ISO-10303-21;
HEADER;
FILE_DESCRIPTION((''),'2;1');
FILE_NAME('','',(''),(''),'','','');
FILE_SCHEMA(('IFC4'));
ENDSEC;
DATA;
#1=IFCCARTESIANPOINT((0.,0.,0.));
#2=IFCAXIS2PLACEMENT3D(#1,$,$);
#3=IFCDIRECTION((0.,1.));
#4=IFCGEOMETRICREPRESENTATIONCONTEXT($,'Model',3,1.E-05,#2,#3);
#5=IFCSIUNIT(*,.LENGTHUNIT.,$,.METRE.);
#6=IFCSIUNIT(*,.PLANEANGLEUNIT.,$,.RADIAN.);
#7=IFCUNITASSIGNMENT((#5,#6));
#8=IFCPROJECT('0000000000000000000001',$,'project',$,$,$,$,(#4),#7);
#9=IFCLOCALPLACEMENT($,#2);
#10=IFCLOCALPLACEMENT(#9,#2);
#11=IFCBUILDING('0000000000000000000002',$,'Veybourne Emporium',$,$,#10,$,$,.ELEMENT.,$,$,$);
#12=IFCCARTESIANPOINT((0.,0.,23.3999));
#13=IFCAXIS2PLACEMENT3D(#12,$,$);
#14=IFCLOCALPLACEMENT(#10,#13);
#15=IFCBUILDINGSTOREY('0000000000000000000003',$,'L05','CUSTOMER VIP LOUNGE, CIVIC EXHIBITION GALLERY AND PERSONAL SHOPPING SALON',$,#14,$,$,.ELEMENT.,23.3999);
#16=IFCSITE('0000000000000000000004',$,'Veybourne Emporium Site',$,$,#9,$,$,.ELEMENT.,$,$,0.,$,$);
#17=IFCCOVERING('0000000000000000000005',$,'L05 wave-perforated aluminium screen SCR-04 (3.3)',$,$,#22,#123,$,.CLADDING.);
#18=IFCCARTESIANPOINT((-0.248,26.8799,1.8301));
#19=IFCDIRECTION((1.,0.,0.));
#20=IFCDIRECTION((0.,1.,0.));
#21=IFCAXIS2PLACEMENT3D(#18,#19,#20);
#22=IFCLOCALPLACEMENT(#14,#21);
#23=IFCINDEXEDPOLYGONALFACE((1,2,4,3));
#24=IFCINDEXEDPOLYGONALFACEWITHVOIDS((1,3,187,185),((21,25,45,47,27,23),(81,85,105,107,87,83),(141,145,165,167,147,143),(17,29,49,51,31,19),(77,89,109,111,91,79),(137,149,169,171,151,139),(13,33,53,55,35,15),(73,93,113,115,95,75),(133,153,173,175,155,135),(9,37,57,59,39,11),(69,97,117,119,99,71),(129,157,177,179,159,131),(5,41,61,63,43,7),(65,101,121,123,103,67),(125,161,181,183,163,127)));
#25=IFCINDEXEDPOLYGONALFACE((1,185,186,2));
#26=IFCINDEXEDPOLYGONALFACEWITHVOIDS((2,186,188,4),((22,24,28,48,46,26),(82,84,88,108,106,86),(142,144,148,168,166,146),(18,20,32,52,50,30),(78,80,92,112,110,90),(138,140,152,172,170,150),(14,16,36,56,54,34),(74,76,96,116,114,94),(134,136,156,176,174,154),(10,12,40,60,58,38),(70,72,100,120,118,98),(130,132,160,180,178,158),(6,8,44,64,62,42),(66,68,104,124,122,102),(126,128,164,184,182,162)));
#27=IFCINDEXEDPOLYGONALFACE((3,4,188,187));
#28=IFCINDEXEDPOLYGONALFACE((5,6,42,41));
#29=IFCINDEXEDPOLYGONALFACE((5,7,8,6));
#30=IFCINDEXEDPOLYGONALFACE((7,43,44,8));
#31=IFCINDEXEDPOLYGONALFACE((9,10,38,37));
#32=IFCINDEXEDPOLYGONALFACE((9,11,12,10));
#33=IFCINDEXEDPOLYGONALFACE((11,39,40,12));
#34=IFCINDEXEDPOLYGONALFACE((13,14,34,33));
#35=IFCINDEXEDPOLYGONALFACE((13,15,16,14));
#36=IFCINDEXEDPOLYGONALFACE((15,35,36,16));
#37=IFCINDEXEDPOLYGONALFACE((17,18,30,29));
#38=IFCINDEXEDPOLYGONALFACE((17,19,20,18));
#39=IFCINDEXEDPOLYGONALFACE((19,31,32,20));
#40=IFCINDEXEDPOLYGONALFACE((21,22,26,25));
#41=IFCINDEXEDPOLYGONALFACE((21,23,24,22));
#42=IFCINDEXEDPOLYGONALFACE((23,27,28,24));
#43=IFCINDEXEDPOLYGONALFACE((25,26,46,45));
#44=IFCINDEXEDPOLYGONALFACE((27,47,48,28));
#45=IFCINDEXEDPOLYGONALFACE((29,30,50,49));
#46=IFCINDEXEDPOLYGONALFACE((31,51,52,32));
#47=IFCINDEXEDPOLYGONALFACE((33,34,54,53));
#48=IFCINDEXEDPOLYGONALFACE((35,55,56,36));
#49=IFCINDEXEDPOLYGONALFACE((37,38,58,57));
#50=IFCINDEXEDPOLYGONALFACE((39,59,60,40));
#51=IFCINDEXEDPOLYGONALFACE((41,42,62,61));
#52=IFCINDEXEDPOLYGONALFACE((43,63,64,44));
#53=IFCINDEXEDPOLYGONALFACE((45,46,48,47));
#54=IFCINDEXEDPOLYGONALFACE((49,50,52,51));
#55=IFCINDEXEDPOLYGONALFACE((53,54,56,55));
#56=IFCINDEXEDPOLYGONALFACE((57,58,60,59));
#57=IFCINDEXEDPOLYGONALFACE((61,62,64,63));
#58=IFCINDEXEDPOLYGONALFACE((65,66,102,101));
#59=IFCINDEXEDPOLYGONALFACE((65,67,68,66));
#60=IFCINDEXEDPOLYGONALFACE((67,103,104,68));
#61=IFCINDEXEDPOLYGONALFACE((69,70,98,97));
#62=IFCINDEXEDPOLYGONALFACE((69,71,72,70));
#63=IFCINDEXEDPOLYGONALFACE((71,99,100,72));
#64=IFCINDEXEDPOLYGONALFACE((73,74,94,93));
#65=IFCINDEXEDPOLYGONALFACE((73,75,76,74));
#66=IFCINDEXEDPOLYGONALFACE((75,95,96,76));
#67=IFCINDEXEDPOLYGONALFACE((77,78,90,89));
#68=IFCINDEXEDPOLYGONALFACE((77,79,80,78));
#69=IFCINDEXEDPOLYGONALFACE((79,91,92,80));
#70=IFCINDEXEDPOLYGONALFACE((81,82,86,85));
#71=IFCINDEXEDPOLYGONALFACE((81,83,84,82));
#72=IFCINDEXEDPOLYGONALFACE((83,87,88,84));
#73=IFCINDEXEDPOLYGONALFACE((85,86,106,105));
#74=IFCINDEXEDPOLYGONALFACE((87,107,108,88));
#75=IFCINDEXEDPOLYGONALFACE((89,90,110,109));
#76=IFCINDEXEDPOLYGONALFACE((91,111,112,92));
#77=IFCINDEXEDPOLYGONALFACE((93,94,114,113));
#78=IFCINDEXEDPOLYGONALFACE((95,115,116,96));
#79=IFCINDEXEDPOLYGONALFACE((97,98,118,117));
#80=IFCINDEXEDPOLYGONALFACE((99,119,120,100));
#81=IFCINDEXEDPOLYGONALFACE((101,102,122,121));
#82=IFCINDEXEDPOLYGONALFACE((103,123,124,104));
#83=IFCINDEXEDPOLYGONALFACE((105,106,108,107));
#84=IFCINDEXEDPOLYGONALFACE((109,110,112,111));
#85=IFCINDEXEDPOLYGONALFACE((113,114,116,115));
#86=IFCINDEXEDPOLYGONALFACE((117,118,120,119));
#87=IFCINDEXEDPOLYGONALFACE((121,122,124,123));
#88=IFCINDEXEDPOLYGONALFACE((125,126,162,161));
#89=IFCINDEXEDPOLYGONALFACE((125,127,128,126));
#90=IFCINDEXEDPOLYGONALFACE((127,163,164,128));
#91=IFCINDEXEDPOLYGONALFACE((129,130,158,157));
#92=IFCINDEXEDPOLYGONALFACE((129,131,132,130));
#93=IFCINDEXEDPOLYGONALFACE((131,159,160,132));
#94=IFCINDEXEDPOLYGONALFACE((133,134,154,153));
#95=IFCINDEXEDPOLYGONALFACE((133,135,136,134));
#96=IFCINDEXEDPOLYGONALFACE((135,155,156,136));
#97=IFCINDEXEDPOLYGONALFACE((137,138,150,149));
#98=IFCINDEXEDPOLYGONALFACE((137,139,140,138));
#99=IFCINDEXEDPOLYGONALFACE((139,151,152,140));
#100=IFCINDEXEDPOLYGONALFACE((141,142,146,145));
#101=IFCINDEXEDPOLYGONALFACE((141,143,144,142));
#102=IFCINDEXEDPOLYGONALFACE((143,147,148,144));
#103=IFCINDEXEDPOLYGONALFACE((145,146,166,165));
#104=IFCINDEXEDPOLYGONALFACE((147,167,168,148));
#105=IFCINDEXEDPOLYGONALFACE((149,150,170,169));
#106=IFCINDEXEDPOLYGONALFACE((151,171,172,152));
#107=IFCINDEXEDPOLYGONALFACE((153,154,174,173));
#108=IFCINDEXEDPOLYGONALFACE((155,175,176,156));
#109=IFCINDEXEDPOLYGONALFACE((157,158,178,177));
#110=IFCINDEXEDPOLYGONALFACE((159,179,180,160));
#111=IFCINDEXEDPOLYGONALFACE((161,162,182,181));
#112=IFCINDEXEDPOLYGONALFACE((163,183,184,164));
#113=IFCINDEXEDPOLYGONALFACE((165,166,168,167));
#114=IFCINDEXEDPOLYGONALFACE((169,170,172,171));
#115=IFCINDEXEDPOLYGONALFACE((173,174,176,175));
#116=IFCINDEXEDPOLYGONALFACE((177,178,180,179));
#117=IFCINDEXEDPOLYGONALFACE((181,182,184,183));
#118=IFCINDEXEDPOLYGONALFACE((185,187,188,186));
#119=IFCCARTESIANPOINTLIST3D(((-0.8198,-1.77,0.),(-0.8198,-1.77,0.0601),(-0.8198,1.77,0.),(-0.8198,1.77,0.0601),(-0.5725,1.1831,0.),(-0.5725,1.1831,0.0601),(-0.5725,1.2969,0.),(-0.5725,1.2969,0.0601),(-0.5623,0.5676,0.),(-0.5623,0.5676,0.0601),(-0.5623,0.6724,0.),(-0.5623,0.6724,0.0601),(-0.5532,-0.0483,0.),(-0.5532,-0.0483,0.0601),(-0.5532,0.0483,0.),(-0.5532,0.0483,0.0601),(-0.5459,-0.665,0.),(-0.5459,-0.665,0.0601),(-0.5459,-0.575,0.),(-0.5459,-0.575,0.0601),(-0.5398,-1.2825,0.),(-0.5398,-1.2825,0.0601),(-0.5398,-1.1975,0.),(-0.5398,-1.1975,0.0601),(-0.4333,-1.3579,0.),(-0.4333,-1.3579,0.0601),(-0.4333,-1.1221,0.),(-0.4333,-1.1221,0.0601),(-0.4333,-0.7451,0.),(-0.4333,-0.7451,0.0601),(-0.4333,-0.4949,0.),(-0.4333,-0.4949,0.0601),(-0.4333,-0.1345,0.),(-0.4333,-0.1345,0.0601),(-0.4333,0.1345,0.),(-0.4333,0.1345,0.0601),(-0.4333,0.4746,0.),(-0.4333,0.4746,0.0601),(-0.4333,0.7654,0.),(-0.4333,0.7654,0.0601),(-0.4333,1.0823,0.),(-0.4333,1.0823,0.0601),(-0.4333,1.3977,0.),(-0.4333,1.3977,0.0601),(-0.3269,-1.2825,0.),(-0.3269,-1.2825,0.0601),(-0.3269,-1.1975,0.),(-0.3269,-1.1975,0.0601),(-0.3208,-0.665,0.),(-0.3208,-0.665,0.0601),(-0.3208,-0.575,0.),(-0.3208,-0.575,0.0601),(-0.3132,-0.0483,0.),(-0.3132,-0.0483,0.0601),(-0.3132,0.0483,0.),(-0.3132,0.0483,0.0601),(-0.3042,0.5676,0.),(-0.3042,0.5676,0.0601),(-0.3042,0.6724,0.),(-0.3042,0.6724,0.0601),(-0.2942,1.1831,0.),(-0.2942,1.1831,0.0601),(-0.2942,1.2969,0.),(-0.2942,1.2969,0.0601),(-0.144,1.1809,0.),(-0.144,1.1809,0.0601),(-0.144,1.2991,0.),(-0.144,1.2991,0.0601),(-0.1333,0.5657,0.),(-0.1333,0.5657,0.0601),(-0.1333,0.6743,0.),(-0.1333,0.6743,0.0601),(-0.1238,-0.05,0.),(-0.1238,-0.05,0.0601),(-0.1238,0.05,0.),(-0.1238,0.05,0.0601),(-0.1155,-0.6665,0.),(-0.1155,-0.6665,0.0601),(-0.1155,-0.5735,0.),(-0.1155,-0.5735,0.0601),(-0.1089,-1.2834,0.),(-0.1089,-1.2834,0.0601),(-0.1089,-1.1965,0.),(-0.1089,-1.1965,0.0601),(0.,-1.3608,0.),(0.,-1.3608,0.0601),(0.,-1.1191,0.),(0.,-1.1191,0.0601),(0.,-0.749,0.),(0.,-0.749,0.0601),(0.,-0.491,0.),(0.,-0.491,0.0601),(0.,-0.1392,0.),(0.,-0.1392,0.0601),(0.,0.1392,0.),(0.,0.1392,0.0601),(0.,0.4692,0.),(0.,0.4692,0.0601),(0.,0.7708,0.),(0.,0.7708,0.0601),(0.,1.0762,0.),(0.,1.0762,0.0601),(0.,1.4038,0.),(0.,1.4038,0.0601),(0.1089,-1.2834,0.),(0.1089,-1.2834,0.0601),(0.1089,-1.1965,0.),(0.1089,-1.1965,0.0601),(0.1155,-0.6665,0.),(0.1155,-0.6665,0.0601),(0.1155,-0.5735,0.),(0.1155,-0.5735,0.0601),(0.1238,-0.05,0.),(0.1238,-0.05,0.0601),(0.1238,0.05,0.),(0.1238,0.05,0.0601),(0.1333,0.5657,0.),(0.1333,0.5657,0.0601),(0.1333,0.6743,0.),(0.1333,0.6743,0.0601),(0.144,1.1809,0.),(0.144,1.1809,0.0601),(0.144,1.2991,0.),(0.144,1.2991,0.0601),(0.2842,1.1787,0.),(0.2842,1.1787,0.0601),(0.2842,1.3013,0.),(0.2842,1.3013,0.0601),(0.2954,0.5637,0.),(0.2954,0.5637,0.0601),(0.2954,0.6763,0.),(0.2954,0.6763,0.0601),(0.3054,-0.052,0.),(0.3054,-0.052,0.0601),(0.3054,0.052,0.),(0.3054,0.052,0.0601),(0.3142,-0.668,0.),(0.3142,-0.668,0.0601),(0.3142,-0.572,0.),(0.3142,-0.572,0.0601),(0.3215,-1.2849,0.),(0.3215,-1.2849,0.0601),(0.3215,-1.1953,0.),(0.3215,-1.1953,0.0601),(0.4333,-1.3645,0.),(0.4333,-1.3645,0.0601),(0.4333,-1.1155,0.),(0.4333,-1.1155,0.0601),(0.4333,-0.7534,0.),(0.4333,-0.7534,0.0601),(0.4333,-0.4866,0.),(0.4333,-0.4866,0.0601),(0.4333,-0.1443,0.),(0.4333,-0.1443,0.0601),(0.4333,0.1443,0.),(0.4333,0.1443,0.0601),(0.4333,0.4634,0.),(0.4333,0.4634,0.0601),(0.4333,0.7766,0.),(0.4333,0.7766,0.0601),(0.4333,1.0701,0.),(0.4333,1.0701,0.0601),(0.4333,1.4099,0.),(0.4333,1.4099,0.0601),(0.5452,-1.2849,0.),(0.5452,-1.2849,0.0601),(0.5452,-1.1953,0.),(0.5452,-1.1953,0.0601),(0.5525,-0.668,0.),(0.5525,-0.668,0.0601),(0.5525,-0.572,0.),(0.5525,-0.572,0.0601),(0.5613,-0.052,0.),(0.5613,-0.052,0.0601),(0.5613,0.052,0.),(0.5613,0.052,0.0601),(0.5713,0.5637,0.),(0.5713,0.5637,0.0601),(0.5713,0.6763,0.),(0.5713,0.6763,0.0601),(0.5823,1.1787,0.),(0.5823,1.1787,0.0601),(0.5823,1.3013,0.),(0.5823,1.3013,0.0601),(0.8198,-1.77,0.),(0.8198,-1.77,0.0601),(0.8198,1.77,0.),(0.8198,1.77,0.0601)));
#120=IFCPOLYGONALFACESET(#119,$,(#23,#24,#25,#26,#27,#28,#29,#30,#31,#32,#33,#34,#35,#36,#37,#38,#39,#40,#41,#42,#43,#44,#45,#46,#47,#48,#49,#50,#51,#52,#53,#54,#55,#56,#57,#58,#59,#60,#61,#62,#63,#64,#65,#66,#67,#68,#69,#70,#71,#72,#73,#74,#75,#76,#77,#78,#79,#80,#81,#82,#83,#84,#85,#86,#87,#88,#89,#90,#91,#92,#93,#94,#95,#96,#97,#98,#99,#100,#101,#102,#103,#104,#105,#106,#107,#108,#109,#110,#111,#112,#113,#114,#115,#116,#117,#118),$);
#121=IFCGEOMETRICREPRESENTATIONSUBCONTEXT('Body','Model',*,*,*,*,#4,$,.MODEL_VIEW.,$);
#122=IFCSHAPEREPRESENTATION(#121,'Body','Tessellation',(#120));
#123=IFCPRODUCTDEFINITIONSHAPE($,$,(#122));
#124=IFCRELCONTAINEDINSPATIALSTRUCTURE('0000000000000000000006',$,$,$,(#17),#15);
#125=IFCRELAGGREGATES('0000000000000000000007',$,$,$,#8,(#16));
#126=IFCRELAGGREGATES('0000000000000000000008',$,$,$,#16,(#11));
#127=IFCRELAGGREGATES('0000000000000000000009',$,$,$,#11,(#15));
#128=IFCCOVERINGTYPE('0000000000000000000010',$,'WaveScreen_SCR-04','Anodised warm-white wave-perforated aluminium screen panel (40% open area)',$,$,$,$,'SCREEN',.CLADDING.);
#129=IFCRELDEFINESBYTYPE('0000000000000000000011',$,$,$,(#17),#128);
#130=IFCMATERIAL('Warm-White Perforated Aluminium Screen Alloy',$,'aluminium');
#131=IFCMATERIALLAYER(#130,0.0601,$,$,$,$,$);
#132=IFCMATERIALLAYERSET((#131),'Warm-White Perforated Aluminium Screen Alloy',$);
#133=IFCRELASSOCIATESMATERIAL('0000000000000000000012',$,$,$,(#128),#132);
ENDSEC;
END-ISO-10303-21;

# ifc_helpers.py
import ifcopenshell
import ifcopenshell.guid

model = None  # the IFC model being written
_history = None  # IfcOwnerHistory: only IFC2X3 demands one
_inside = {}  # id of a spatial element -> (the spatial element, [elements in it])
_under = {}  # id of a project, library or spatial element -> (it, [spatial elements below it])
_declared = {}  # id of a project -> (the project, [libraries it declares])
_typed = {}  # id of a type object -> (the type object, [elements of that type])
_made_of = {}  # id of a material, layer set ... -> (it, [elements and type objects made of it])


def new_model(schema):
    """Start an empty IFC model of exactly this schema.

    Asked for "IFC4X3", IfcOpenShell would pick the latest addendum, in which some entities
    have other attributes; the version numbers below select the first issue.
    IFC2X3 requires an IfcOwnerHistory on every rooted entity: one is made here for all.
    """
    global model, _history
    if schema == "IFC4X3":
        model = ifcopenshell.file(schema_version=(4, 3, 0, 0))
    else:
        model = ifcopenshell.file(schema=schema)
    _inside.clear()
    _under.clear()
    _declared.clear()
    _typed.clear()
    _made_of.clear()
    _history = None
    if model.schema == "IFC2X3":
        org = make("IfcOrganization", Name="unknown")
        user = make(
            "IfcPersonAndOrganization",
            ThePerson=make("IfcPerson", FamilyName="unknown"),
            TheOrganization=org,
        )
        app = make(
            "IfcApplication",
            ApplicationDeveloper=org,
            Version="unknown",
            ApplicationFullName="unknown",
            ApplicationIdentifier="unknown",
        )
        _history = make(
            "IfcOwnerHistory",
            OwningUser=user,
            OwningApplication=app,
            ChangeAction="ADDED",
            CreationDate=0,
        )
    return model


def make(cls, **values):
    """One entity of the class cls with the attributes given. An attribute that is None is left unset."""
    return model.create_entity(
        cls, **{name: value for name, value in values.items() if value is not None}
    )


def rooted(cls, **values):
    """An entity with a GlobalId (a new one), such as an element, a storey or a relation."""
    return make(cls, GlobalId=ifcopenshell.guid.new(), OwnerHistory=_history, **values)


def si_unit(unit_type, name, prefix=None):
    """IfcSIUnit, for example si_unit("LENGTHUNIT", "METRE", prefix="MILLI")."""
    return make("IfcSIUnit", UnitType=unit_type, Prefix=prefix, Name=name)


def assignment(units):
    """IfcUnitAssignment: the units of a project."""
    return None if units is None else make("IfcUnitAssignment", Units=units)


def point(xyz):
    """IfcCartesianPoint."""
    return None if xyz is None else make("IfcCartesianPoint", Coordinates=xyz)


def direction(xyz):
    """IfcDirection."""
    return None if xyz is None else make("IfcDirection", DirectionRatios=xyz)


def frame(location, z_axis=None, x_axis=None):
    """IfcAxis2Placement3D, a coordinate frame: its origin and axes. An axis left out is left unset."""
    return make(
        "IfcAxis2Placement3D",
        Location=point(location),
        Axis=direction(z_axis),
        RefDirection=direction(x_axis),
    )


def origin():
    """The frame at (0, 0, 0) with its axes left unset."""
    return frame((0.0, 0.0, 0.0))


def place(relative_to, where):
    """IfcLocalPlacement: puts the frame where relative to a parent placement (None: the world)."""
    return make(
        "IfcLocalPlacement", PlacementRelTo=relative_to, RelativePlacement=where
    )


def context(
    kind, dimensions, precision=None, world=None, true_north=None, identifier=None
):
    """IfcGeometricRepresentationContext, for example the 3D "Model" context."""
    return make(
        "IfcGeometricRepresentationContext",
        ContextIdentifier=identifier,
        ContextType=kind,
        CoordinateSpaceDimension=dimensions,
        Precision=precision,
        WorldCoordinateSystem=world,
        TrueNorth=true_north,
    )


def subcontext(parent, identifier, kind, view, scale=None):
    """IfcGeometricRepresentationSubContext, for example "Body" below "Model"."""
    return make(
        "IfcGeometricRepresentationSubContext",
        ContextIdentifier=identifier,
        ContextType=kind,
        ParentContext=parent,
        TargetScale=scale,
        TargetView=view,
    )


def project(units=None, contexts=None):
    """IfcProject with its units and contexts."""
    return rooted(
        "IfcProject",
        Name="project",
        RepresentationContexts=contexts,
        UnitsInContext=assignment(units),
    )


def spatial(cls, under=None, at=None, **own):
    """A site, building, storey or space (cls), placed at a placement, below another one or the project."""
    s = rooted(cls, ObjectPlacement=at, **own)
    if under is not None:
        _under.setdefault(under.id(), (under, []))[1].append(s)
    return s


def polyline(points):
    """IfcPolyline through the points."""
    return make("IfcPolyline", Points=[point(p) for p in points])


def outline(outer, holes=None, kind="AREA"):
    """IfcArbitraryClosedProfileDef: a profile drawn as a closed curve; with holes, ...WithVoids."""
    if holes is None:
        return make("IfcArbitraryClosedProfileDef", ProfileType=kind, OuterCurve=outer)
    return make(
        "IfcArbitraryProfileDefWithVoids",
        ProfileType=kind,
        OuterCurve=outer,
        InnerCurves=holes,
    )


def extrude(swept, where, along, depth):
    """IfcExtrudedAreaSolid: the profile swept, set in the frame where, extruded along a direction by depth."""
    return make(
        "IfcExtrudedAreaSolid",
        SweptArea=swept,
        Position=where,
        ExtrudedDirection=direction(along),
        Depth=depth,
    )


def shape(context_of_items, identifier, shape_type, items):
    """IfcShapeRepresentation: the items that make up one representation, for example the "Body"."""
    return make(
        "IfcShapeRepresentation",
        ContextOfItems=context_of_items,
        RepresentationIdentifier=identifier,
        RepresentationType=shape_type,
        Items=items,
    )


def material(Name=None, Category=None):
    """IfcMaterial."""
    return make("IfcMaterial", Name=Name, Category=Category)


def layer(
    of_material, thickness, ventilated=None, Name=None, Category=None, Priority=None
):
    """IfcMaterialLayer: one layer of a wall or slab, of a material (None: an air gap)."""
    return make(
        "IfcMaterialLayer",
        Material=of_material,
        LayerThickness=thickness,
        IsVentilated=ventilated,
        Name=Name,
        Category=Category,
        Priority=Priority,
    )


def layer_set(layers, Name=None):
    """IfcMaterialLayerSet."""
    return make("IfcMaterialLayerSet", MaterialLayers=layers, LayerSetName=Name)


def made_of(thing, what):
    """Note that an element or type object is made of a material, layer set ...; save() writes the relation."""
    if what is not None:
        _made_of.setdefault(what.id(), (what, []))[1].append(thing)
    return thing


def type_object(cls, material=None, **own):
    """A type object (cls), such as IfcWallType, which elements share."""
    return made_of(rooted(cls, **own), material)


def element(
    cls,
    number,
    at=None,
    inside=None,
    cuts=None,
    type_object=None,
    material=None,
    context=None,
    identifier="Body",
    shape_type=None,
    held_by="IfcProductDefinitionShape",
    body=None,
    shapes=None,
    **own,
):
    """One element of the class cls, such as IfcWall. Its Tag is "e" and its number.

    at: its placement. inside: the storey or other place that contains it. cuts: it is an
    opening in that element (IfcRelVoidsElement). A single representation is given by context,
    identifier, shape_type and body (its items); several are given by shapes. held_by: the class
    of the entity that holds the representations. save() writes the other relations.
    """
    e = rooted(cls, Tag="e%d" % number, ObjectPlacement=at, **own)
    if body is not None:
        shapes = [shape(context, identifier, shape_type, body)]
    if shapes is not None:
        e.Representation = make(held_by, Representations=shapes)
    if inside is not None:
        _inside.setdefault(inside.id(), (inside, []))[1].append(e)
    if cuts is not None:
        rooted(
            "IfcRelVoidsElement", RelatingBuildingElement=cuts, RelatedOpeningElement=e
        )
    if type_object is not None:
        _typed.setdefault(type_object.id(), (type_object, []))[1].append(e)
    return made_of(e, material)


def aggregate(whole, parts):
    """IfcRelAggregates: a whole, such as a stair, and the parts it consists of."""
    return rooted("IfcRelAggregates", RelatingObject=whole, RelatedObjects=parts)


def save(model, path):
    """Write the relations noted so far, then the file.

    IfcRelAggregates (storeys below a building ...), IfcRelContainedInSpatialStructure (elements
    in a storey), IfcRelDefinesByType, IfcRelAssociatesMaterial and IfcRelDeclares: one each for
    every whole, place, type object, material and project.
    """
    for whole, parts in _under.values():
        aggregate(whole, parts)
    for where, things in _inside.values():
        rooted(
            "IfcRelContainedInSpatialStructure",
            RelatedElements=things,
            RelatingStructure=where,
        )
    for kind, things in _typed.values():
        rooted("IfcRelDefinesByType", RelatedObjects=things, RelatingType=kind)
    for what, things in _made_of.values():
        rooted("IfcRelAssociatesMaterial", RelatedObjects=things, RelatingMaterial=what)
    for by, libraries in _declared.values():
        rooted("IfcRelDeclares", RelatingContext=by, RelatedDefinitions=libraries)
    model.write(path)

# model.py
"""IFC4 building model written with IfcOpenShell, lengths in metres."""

from ifc_helpers import new_model, si_unit, direction, frame, origin, place, context, subcontext, project, spatial, polyline, outline, extrude, material, layer, layer_set, type_object, element, save


model = new_model("IFC4")

# Units and contexts
model_context = context("Model", 3, precision=1e-05, world=origin(), true_north=direction((0.0, 1.0)))
body_context = subcontext(model_context, "Body", "Model", "MODEL_VIEW")
ifc_project = project(units=[si_unit("LENGTHUNIT", "METRE"), si_unit("PLANEANGLEUNIT", "RADIAN")], contexts=[model_context])

# Site, building, storey
site_placement = place(None, origin())
site = spatial("IfcSite", under=ifc_project, at=site_placement, Name="Veybourne Emporium Site", CompositionType="ELEMENT", RefElevation=0.0)
building_placement = place(site_placement, origin())
building = spatial("IfcBuilding", under=site, at=building_placement, Name="Veybourne Emporium", CompositionType="ELEMENT")
storey_placement = place(building_placement, frame((0.0, 0.0, 23.3999)))
storey = spatial("IfcBuildingStorey", under=building, at=storey_placement, Name="L05", Description="CUSTOMER VIP LOUNGE, CIVIC EXHIBITION GALLERY AND PERSONAL SHOPPING SALON", CompositionType="ELEMENT", Elevation=23.3999)

# Covering
ifc_material_1 = material(Name="Warm-White Perforated Aluminium Screen Alloy", Category="aluminium")
ifc_layer_1 = layer(ifc_material_1, 0.0601)
ifc_layer_set_1 = layer_set([ifc_layer_1], Name="Warm-White Perforated Aluminium Screen Alloy")
covering_type_1 = type_object("IfcCoveringType", Name="WaveScreen_SCR-04", Description="Anodised warm-white wave-perforated aluminium screen panel (40% open area)", ElementType="SCREEN", PredefinedType="CLADDING", material=ifc_layer_set_1)
covering_1_placement = place(storey_placement, frame((-0.248, 26.8799, 1.8301), z_axis=(1.0, 0.0, 0.0), x_axis=(0.0, 1.0, 0.0)))
element("IfcCovering", 1, at=covering_1_placement, inside=storey, type_object=covering_type_1, Name="L05 wave-perforated aluminium screen SCR-04 (3.3)", PredefinedType="CLADDING", context=body_context, shape_type="SweptSolid", body=[
    extrude(outline(polyline([(-0.8198, -1.77), (0.8198, -1.77), (0.8198, 1.77), (-0.8198, 1.77), (-0.8198, -1.77)]), holes=[polyline([(-0.4333, -1.1221), (-0.3269, -1.1975), (-0.3269, -1.2825), (-0.4333, -1.3579), (-0.5398, -1.2825), (-0.5398, -1.1975), (-0.4333, -1.1221)]), polyline([(-0.4333, -0.4949), (-0.3208, -0.575), (-0.3208, -0.665), (-0.4333, -0.7451), (-0.5459, -0.665), (-0.5459, -0.575), (-0.4333, -0.4949)]), polyline([(-0.4333, 0.1345), (-0.3132, 0.0483), (-0.3132, -0.0483), (-0.4333, -0.1345), (-0.5532, -0.0483), (-0.5532, 0.0483), (-0.4333, 0.1345)]), polyline([(-0.4333, 0.7654), (-0.3042, 0.6724), (-0.3042, 0.5676), (-0.4333, 0.4746), (-0.5623, 0.5676), (-0.5623, 0.6724), (-0.4333, 0.7654)]), polyline([(-0.4333, 1.3977), (-0.2942, 1.2969), (-0.2942, 1.1831), (-0.4333, 1.0823), (-0.5725, 1.1831), (-0.5725, 1.2969), (-0.4333, 1.3977)]), polyline([(0.0, -1.1191), (0.1089, -1.1965), (0.1089, -1.2834), (0.0, -1.3608), (-0.1089, -1.2834), (-0.1089, -1.1965), (0.0, -1.1191)]), polyline([(0.0, -0.491), (0.1155, -0.5735), (0.1155, -0.6665), (0.0, -0.749), (-0.1155, -0.6665), (-0.1155, -0.5735), (0.0, -0.491)]), polyline([(0.0, 0.1392), (0.1238, 0.05), (0.1238, -0.05), (0.0, -0.1392), (-0.1238, -0.05), (-0.1238, 0.05), (0.0, 0.1392)]), polyline([(0.0, 0.7708), (0.1333, 0.6743), (0.1333, 0.5657), (0.0, 0.4692), (-0.1333, 0.5657), (-0.1333, 0.6743), (0.0, 0.7708)]), polyline([(0.0, 1.4038), (0.144, 1.2991), (0.144, 1.1809), (0.0, 1.0762), (-0.144, 1.1809), (-0.144, 1.2991), (0.0, 1.4038)]), polyline([(0.4333, -1.1155), (0.5452, -1.1953), (0.5452, -1.2849), (0.4333, -1.3645), (0.3215, -1.2849), (0.3215, -1.1953), (0.4333, -1.1155)]), polyline([(0.4333, -0.4866), (0.5525, -0.572), (0.5525, -0.668), (0.4333, -0.7534), (0.3142, -0.668), (0.3142, -0.572), (0.4333, -0.4866)]), polyline([(0.4333, 0.1443), (0.5613, 0.052), (0.5613, -0.052), (0.4333, -0.1443), (0.3054, -0.052), (0.3054, 0.052), (0.4333, 0.1443)]), polyline([(0.4333, 0.7766), (0.5713, 0.6763), (0.5713, 0.5637), (0.4333, 0.4634), (0.2954, 0.5637), (0.2954, 0.6763), (0.4333, 0.7766)]), polyline([(0.4333, 1.4099), (0.5823, 1.3013), (0.5823, 1.1787), (0.4333, 1.0701), (0.2842, 1.1787), (0.2842, 1.3013), (0.4333, 1.4099)])]), origin(), (0.0, 0.0, 1.0), 0.0601),
])

save(model, "model.ifc")
